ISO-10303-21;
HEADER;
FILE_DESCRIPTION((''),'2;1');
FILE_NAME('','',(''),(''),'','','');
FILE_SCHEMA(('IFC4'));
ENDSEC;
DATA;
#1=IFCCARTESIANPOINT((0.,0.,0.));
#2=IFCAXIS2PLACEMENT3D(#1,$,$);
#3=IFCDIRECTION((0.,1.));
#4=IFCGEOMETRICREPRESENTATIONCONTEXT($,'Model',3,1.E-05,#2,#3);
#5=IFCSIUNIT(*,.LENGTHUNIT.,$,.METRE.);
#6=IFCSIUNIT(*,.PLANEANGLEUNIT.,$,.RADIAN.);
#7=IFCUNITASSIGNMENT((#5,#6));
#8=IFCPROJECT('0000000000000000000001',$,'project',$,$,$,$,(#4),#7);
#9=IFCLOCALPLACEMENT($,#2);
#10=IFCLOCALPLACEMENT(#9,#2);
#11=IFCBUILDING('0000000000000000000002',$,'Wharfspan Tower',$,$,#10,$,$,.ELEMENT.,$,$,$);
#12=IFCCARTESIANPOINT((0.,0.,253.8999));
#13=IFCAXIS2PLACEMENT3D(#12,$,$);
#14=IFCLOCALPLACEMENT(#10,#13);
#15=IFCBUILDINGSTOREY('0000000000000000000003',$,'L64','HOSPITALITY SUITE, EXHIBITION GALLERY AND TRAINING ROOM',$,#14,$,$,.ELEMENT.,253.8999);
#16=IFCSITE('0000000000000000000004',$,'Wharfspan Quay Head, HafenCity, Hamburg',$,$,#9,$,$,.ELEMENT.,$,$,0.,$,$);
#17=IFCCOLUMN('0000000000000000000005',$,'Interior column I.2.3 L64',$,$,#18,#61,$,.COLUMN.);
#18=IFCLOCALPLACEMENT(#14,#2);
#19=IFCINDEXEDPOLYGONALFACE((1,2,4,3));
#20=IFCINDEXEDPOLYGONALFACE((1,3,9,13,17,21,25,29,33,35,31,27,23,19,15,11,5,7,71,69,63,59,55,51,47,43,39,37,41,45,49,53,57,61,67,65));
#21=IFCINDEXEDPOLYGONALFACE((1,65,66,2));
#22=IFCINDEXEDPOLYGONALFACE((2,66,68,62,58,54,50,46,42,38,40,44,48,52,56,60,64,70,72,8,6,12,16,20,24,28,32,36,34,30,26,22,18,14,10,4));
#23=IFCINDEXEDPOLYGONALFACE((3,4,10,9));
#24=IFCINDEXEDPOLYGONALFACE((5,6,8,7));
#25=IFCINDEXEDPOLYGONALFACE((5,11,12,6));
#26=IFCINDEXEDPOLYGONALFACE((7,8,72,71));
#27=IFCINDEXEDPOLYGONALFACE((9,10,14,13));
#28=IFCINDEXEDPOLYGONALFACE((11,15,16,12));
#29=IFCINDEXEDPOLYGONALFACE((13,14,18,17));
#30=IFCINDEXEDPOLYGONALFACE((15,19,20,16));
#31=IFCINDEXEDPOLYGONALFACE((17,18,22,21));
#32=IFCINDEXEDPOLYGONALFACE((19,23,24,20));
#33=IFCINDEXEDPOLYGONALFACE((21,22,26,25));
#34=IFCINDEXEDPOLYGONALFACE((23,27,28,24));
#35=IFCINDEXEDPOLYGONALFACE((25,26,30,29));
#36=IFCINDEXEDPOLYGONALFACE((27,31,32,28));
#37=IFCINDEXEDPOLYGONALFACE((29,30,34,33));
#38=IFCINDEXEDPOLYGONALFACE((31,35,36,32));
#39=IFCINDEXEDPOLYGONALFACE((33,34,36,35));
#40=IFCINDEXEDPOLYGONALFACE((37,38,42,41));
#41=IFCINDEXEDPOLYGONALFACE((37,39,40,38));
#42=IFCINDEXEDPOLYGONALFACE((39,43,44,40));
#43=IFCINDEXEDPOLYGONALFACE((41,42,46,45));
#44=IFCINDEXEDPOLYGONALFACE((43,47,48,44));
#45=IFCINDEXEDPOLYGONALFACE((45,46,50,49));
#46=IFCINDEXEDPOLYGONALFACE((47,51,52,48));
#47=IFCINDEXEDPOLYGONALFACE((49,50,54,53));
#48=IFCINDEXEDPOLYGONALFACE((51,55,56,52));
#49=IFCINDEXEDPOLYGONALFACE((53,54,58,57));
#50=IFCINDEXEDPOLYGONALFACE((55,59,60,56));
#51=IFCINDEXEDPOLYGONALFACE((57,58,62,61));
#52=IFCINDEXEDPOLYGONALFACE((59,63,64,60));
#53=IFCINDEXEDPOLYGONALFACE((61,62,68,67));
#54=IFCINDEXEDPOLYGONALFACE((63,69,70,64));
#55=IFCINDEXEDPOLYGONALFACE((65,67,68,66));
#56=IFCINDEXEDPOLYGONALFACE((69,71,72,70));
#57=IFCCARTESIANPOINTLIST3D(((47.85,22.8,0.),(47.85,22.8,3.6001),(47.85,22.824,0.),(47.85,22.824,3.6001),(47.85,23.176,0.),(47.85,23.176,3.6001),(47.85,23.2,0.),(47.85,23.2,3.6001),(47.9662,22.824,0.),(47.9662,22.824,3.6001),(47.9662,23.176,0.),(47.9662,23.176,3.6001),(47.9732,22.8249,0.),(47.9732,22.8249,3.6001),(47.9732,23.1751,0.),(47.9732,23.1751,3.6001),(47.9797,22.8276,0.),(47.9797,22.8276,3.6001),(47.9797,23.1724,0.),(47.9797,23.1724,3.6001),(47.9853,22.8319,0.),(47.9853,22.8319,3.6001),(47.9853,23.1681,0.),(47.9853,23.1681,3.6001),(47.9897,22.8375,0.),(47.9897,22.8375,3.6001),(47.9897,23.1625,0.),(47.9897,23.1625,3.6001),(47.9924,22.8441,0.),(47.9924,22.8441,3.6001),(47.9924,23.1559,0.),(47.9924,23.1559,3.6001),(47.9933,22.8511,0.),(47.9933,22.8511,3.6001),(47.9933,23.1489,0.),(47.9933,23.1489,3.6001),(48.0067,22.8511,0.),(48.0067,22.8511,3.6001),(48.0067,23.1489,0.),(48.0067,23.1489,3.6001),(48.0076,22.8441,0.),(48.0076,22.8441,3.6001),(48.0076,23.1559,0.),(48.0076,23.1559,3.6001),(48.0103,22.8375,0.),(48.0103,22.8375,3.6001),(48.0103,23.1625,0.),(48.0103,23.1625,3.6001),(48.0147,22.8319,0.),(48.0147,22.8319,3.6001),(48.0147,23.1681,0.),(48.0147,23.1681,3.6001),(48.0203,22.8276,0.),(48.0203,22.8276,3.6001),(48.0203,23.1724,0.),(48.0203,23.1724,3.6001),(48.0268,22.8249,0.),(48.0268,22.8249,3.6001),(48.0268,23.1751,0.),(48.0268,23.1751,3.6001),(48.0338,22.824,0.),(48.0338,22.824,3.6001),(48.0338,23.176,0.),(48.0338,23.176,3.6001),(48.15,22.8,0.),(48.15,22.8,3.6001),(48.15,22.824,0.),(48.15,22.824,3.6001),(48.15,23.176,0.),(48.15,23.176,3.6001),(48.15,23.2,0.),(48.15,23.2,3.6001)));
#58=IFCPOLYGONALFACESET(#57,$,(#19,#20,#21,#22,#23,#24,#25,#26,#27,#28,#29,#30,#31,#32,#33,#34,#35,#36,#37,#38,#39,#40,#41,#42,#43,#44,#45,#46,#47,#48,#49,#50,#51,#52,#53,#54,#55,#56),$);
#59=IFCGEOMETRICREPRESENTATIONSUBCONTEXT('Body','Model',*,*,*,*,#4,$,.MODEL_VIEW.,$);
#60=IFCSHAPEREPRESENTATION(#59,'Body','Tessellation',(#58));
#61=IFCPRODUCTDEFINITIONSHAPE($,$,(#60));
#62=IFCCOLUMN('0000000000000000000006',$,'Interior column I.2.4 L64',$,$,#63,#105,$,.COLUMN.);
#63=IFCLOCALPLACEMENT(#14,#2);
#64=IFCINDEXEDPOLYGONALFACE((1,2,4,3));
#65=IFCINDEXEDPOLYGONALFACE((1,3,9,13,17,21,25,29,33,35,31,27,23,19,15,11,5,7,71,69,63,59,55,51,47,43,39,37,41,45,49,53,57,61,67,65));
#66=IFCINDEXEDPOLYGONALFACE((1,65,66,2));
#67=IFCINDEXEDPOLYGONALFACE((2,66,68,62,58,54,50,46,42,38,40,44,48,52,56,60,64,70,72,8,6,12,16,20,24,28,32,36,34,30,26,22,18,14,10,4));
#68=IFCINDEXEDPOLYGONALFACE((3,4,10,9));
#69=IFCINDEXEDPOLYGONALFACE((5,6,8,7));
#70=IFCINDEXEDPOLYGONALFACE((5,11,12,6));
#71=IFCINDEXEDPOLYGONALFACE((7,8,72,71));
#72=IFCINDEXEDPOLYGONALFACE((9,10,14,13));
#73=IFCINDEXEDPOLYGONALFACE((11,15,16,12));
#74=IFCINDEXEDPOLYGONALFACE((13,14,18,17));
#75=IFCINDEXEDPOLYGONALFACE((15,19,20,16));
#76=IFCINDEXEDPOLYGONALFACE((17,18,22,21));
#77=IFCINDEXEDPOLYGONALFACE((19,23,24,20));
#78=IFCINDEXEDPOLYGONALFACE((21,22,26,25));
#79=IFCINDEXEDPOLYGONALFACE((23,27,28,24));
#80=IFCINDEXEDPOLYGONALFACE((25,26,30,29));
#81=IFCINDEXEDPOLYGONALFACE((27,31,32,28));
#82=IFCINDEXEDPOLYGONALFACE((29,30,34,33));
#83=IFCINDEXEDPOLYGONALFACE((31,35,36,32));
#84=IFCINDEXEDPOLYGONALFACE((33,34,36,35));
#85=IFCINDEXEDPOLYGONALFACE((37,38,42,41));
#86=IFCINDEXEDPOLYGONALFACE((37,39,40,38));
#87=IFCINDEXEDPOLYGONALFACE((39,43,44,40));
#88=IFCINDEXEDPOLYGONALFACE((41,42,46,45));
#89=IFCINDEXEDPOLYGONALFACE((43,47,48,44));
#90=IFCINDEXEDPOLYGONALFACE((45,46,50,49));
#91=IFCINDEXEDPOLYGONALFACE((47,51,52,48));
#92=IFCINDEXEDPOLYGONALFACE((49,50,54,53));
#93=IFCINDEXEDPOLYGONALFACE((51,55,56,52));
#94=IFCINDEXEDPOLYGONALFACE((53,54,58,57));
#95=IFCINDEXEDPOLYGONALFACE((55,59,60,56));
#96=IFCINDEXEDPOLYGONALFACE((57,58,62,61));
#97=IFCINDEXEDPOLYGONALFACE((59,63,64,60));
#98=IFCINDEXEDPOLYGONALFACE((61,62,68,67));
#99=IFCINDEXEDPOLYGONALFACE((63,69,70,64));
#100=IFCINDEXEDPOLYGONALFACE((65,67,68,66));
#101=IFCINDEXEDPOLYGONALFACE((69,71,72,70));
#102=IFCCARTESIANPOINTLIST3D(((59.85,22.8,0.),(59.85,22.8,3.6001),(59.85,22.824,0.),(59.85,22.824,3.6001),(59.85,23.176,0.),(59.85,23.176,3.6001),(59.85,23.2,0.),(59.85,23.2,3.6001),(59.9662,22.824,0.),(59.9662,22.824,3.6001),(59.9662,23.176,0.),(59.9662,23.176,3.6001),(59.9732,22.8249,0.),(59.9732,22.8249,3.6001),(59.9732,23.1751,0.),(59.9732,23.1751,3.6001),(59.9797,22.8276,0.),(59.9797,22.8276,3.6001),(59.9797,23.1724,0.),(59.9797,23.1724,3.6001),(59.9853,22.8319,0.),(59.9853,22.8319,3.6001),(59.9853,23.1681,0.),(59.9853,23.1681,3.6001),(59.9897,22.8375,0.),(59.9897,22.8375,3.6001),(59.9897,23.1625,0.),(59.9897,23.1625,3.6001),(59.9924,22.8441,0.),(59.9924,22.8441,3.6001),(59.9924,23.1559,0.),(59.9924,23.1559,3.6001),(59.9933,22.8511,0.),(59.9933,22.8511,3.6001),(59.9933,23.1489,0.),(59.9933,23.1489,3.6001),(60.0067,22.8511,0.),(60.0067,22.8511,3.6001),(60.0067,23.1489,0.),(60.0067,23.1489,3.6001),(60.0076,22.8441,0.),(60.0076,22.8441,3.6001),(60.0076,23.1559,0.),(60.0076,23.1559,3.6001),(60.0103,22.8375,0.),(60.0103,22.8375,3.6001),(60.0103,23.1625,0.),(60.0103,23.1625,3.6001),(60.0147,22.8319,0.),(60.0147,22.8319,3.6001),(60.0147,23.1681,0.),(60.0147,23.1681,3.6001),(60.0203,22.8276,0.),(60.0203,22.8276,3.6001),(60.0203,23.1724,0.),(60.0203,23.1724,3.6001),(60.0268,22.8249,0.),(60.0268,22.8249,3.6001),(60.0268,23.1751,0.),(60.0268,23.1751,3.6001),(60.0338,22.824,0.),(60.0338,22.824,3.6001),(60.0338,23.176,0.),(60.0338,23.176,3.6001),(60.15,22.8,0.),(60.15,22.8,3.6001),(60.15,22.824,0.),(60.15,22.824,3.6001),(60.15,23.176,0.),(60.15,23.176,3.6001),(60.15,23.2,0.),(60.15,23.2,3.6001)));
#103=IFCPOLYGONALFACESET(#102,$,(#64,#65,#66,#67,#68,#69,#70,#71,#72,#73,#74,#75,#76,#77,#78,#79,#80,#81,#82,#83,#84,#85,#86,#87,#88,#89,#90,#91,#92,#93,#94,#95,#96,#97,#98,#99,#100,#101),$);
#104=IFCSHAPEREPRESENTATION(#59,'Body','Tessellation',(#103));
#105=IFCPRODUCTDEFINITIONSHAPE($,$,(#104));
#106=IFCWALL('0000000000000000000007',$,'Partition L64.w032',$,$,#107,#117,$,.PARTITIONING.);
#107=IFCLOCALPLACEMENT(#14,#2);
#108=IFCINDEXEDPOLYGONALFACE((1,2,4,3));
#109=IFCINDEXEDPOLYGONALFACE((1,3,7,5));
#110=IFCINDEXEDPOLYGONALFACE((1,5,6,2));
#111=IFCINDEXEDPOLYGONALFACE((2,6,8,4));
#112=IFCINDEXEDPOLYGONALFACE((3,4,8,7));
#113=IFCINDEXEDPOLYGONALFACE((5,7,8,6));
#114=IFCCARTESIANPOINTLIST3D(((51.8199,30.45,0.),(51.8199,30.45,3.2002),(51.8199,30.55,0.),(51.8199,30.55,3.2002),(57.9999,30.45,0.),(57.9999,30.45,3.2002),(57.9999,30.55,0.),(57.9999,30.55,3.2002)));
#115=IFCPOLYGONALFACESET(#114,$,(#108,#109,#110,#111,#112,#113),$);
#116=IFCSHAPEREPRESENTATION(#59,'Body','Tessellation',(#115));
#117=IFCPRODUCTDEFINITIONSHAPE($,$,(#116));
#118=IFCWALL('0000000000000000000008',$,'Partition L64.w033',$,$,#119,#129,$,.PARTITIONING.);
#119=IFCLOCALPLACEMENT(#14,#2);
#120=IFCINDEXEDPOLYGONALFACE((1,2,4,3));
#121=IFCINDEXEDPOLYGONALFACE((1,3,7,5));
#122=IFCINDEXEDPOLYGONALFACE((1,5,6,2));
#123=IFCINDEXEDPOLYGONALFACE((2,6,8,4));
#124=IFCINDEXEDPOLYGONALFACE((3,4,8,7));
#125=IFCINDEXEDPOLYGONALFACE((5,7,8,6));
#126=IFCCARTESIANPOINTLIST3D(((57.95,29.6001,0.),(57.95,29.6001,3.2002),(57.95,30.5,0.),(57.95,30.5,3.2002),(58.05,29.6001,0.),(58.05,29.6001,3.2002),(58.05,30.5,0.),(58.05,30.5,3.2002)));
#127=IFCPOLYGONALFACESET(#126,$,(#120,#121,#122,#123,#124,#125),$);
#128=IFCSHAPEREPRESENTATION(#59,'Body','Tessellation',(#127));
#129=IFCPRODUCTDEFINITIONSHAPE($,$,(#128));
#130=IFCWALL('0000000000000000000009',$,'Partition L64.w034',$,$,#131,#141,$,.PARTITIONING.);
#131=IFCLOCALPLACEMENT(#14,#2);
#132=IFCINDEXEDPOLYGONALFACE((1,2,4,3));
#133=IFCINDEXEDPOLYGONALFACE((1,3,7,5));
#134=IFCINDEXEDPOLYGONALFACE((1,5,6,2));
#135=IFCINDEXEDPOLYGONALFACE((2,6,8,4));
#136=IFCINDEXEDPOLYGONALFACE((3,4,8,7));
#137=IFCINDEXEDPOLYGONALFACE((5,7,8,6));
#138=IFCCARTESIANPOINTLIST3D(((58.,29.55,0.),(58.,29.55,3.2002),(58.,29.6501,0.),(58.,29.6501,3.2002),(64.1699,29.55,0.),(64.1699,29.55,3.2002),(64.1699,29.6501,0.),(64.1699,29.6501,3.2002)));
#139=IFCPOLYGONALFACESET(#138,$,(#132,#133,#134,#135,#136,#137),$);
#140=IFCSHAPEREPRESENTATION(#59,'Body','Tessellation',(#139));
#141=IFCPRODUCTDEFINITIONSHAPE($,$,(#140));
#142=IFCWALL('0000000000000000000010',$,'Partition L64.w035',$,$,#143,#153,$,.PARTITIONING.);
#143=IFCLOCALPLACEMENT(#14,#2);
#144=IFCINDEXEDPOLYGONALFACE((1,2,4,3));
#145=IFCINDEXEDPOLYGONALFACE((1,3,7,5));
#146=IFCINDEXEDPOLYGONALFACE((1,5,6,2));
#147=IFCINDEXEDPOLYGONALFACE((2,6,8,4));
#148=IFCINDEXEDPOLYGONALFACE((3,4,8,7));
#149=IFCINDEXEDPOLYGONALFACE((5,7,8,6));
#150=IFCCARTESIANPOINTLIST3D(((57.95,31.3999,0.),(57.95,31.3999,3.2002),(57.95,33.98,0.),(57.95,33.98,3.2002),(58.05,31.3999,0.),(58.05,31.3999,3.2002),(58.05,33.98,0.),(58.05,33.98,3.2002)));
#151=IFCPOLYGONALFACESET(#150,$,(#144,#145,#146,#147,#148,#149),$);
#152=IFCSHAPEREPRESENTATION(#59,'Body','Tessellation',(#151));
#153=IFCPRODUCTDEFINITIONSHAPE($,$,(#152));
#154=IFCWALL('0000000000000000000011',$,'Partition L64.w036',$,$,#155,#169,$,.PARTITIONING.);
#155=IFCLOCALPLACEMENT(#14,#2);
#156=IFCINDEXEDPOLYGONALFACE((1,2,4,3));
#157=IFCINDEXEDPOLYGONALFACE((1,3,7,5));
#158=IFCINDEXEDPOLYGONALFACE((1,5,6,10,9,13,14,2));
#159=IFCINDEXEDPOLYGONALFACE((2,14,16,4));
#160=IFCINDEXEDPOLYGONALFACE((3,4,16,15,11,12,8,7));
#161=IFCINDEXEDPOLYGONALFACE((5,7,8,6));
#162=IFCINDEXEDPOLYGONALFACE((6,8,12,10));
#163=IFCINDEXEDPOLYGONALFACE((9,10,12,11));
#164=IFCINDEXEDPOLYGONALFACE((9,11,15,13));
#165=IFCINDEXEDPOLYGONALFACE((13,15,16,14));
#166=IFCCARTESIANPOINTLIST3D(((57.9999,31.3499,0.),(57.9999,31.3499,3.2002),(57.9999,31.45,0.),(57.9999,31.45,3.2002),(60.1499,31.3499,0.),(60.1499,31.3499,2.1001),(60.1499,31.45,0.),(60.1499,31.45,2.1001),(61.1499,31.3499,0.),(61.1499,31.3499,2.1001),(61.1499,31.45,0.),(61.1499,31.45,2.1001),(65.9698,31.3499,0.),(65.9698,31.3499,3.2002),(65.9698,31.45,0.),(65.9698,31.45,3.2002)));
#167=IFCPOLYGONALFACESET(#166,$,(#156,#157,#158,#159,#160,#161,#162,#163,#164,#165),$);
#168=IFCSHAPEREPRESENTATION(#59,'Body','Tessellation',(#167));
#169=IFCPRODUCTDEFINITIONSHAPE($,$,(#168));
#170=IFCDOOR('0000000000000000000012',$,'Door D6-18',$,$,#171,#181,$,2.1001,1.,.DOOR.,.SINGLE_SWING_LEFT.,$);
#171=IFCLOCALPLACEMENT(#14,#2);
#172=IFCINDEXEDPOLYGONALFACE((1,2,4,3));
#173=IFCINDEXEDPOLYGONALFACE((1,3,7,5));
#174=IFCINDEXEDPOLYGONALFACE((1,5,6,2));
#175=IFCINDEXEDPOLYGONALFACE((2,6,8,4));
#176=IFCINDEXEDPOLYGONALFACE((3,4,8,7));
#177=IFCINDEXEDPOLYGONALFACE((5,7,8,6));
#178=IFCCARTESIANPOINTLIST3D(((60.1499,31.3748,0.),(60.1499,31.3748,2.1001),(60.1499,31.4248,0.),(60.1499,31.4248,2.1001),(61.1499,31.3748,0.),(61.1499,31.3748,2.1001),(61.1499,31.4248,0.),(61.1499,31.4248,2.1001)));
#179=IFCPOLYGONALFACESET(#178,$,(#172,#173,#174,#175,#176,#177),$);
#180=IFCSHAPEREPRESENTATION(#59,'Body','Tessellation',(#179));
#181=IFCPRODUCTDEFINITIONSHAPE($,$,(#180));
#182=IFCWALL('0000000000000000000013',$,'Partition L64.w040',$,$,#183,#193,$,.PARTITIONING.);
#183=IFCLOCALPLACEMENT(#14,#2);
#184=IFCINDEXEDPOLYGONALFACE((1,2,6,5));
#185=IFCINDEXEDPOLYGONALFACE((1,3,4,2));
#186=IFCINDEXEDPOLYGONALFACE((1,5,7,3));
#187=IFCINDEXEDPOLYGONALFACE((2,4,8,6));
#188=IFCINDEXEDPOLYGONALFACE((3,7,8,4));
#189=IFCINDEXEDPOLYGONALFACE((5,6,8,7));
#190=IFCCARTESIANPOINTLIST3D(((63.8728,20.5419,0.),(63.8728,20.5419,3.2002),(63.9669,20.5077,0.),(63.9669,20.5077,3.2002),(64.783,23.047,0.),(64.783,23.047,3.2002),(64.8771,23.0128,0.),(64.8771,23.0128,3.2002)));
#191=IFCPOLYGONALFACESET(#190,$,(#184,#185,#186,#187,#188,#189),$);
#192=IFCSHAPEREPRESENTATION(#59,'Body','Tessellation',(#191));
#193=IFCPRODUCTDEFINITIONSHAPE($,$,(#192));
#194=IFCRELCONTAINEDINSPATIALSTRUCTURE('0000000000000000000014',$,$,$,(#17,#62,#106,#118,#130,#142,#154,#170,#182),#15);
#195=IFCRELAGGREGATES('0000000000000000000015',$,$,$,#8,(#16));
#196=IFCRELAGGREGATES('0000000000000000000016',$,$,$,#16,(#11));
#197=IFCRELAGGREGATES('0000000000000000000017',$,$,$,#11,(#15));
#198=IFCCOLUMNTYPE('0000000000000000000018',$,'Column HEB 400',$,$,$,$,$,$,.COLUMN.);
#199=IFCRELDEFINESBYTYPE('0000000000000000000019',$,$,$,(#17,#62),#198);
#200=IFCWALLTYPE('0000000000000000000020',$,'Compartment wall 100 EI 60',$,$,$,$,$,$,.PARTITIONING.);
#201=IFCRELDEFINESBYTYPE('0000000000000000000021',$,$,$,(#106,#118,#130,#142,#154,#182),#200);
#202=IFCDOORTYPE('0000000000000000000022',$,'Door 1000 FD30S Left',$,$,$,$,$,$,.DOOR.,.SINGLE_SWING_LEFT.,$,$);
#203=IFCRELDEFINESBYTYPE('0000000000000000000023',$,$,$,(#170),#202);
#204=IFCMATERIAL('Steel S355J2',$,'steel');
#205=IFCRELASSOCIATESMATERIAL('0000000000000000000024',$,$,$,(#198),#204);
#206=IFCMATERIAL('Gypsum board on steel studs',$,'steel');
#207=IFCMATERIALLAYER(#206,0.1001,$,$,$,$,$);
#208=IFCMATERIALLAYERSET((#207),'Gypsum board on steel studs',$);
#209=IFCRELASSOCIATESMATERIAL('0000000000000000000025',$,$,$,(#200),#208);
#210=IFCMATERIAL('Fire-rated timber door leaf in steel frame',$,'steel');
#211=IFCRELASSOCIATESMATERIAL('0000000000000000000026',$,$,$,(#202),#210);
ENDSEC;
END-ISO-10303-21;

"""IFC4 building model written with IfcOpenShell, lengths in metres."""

from ifc_helpers import new_model, si_unit, direction, frame, frame_2d, origin, origin_2d, place, context, subcontext, project, spatial, rectangle, i_section, extrude, material, layer, layer_set, material_profile, profile_set, type_object, element, fill, save


model = new_model("IFC4")

# Units and contexts
model_context = context("Model", 3, precision=1e-05, world=origin(), true_north=direction((0.0, 1.0)))
body_context = subcontext(model_context, "Body", "Model", "MODEL_VIEW")
ifc_project = project(units=[si_unit("LENGTHUNIT", "METRE"), si_unit("PLANEANGLEUNIT", "RADIAN")], contexts=[model_context])

# Site, building, storey
site_placement = place(None, origin())
site = spatial("IfcSite", under=ifc_project, at=site_placement, Name="Wharfspan Quay Head, HafenCity, Hamburg", CompositionType="ELEMENT", RefElevation=0.0)
building_placement = place(site_placement, origin())
building = spatial("IfcBuilding", under=site, at=building_placement, Name="Wharfspan Tower", CompositionType="ELEMENT")
storey_placement = place(building_placement, frame((0.0, 0.0, 253.8999)))
storey = spatial("IfcBuildingStorey", under=building, at=storey_placement, Name="L64", Description="HOSPITALITY SUITE, EXHIBITION GALLERY AND TRAINING ROOM", CompositionType="ELEMENT", Elevation=253.8999)

# Columns
ifc_material_1 = material(Name="Steel S355J2", Category="steel")
ifc_material_profile = material_profile(ifc_material_1, i_section(OverallWidth=0.3, OverallDepth=0.3999, WebThickness=0.0134, FlangeThickness=0.0239, FilletRadius=0.0271, at=origin_2d()))
ifc_profile_set = profile_set([ifc_material_profile], Name="Steel S355J2")
column_type = type_object("IfcColumnType", Name="Column HEB 400", PredefinedType="COLUMN", material=ifc_profile_set)
for number, where, z_axis, x_axis, name in (
    (1, (48.0, 23.0, 0.0), (0.0, 0.0, 1.0), (1.0, 0.0, 0.0), "Interior column I.2.3 L64"),
    (2, (60.0, 23.0, 0.0), (0.0, 0.0, 1.0), (1.0, 0.0, 0.0), "Interior column I.2.4 L64"),
):
    element("IfcColumn", number, at=place(storey_placement, frame(where, z_axis=z_axis, x_axis=x_axis)), inside=storey, type_object=column_type, Name=name, PredefinedType="COLUMN", context=body_context, shape_type="SweptSolid", body=[
        extrude(i_section(OverallWidth=0.3, OverallDepth=0.3999, WebThickness=0.0134, FlangeThickness=0.0239, FilletRadius=0.0271, at=origin_2d()), origin(), (0.0, 0.0, 1.0), 3.6001),
    ])

# Walls
ifc_material_2 = material(Name="Gypsum board on steel studs", Category="steel")
ifc_layer_1 = layer(ifc_material_2, 0.1001)
ifc_layer_set_1 = layer_set([ifc_layer_1], Name="Gypsum board on steel studs")
wall_type_1 = type_object("IfcWallType", Name="Compartment wall 100 EI 60", PredefinedType="PARTITIONING", material=ifc_layer_set_1)
wall_1_placement = place(storey_placement, frame((51.8201, 30.5, 0.0), z_axis=(0.0, 0.0, 1.0), x_axis=(1.0, 0.0, 0.0)))
element("IfcWall", 3, at=wall_1_placement, inside=storey, type_object=wall_type_1, Name="Partition L64.w032", PredefinedType="PARTITIONING", context=body_context, shape_type="SweptSolid", body=[
    extrude(rectangle(XDim=6.1799, YDim=0.1001, at=frame_2d((3.0898, 0.0))), origin(), (0.0, 0.0, 1.0), 3.2002),
])
wall_2_placement = place(storey_placement, frame((58.0, 29.6001, 0.0), z_axis=(0.0, 0.0, 1.0), x_axis=(0.0, 1.0, 0.0)))
element("IfcWall", 4, at=wall_2_placement, inside=storey, type_object=wall_type_1, Name="Partition L64.w033", PredefinedType="PARTITIONING", context=body_context, shape_type="SweptSolid", body=[
    extrude(rectangle(XDim=0.8999, YDim=0.1001, at=frame_2d((0.45, 0.0))), origin(), (0.0, 0.0, 1.0), 3.2002),
])
wall_3_placement = place(storey_placement, frame((58.0, 29.6001, 0.0), z_axis=(0.0, 0.0, 1.0), x_axis=(1.0, 0.0, 0.0)))
element("IfcWall", 5, at=wall_3_placement, inside=storey, type_object=wall_type_1, Name="Partition L64.w034", PredefinedType="PARTITIONING", context=body_context, shape_type="SweptSolid", body=[
    extrude(rectangle(XDim=6.1699, YDim=0.1001, at=frame_2d((3.085, 0.0))), origin(), (0.0, 0.0, 1.0), 3.2002),
])
wall_4_placement = place(storey_placement, frame((58.0, 31.3999, 0.0), z_axis=(0.0, 0.0, 1.0), x_axis=(0.0, 1.0, 0.0)))
element("IfcWall", 6, at=wall_4_placement, inside=storey, type_object=wall_type_1, Name="Partition L64.w035", PredefinedType="PARTITIONING", context=body_context, shape_type="SweptSolid", body=[
    extrude(rectangle(XDim=2.5801, YDim=0.1001, at=frame_2d((1.29, 0.0))), origin(), (0.0, 0.0, 1.0), 3.2002),
])

# Wall, opening, door
wall_5_placement = place(storey_placement, frame((58.0, 31.3999, 0.0), z_axis=(0.0, 0.0, 1.0), x_axis=(1.0, 0.0, 0.0)))
wall_5 = element("IfcWall", 7, at=wall_5_placement, inside=storey, type_object=wall_type_1, Name="Partition L64.w036", PredefinedType="PARTITIONING", context=body_context, shape_type="SweptSolid", body=[
    extrude(rectangle(XDim=7.97, YDim=0.1001, at=frame_2d((3.9849, 0.0))), origin(), (0.0, 0.0, 1.0), 3.2002),
])
opening_1_placement = place(wall_5_placement, frame((2.1499, 0.0, 0.0)))
opening_1 = element("IfcOpeningElement", 8, at=opening_1_placement, cuts=wall_5, PredefinedType="OPENING", context=body_context, shape_type="SweptSolid", body=[
    extrude(rectangle(XDim=1.0, YDim=2.1001, at=frame_2d((0.5, 1.05))), frame((0.0, 0.0601, 0.0), z_axis=(0.0, -1.0, 0.0), x_axis=(1.0, 0.0, 0.0)), (0.0, 0.0, 1.0), 0.1201),
])
ifc_material_3 = material(Name="Fire-rated timber door leaf in steel frame", Category="steel")
door_type_1 = type_object("IfcDoorType", Name="Door 1000 FD30S Left", OperationType="SINGLE_SWING_LEFT", PredefinedType="DOOR", material=ifc_material_3)
door_1_placement = place(opening_1_placement, origin())
door_1 = element("IfcDoor", 9, at=door_1_placement, inside=storey, type_object=door_type_1, Name="Door D6-18", OperationType="SINGLE_SWING_LEFT", OverallHeight=2.1001, OverallWidth=1.0, PredefinedType="DOOR", context=body_context, shape_type="SweptSolid", body=[
    extrude(rectangle(XDim=1.0, YDim=2.1001, at=frame_2d((0.5, 1.05))), frame((0.0, 0.0249, 0.0), z_axis=(0.0, -1.0, 0.0), x_axis=(1.0, 0.0, 0.0)), (0.0, 0.0, 1.0), 0.05),
])
fill(opening_1, door_1)

# Wall
wall_6_placement = place(storey_placement, frame((63.9199, 20.5249, 0.0), z_axis=(0.0, 0.0, 1.0), x_axis=(0.341478, 0.939889, 0.0)))
element("IfcWall", 10, at=wall_6_placement, inside=storey, type_object=wall_type_1, Name="Partition L64.w040", PredefinedType="PARTITIONING", context=body_context, shape_type="SweptSolid", body=[
    extrude(rectangle(XDim=2.6653, YDim=0.1001, at=frame_2d((1.3325, 0.0))), origin(), (0.0, 0.0, 1.0), 3.2002),
])

save(model, "model.ifc")
